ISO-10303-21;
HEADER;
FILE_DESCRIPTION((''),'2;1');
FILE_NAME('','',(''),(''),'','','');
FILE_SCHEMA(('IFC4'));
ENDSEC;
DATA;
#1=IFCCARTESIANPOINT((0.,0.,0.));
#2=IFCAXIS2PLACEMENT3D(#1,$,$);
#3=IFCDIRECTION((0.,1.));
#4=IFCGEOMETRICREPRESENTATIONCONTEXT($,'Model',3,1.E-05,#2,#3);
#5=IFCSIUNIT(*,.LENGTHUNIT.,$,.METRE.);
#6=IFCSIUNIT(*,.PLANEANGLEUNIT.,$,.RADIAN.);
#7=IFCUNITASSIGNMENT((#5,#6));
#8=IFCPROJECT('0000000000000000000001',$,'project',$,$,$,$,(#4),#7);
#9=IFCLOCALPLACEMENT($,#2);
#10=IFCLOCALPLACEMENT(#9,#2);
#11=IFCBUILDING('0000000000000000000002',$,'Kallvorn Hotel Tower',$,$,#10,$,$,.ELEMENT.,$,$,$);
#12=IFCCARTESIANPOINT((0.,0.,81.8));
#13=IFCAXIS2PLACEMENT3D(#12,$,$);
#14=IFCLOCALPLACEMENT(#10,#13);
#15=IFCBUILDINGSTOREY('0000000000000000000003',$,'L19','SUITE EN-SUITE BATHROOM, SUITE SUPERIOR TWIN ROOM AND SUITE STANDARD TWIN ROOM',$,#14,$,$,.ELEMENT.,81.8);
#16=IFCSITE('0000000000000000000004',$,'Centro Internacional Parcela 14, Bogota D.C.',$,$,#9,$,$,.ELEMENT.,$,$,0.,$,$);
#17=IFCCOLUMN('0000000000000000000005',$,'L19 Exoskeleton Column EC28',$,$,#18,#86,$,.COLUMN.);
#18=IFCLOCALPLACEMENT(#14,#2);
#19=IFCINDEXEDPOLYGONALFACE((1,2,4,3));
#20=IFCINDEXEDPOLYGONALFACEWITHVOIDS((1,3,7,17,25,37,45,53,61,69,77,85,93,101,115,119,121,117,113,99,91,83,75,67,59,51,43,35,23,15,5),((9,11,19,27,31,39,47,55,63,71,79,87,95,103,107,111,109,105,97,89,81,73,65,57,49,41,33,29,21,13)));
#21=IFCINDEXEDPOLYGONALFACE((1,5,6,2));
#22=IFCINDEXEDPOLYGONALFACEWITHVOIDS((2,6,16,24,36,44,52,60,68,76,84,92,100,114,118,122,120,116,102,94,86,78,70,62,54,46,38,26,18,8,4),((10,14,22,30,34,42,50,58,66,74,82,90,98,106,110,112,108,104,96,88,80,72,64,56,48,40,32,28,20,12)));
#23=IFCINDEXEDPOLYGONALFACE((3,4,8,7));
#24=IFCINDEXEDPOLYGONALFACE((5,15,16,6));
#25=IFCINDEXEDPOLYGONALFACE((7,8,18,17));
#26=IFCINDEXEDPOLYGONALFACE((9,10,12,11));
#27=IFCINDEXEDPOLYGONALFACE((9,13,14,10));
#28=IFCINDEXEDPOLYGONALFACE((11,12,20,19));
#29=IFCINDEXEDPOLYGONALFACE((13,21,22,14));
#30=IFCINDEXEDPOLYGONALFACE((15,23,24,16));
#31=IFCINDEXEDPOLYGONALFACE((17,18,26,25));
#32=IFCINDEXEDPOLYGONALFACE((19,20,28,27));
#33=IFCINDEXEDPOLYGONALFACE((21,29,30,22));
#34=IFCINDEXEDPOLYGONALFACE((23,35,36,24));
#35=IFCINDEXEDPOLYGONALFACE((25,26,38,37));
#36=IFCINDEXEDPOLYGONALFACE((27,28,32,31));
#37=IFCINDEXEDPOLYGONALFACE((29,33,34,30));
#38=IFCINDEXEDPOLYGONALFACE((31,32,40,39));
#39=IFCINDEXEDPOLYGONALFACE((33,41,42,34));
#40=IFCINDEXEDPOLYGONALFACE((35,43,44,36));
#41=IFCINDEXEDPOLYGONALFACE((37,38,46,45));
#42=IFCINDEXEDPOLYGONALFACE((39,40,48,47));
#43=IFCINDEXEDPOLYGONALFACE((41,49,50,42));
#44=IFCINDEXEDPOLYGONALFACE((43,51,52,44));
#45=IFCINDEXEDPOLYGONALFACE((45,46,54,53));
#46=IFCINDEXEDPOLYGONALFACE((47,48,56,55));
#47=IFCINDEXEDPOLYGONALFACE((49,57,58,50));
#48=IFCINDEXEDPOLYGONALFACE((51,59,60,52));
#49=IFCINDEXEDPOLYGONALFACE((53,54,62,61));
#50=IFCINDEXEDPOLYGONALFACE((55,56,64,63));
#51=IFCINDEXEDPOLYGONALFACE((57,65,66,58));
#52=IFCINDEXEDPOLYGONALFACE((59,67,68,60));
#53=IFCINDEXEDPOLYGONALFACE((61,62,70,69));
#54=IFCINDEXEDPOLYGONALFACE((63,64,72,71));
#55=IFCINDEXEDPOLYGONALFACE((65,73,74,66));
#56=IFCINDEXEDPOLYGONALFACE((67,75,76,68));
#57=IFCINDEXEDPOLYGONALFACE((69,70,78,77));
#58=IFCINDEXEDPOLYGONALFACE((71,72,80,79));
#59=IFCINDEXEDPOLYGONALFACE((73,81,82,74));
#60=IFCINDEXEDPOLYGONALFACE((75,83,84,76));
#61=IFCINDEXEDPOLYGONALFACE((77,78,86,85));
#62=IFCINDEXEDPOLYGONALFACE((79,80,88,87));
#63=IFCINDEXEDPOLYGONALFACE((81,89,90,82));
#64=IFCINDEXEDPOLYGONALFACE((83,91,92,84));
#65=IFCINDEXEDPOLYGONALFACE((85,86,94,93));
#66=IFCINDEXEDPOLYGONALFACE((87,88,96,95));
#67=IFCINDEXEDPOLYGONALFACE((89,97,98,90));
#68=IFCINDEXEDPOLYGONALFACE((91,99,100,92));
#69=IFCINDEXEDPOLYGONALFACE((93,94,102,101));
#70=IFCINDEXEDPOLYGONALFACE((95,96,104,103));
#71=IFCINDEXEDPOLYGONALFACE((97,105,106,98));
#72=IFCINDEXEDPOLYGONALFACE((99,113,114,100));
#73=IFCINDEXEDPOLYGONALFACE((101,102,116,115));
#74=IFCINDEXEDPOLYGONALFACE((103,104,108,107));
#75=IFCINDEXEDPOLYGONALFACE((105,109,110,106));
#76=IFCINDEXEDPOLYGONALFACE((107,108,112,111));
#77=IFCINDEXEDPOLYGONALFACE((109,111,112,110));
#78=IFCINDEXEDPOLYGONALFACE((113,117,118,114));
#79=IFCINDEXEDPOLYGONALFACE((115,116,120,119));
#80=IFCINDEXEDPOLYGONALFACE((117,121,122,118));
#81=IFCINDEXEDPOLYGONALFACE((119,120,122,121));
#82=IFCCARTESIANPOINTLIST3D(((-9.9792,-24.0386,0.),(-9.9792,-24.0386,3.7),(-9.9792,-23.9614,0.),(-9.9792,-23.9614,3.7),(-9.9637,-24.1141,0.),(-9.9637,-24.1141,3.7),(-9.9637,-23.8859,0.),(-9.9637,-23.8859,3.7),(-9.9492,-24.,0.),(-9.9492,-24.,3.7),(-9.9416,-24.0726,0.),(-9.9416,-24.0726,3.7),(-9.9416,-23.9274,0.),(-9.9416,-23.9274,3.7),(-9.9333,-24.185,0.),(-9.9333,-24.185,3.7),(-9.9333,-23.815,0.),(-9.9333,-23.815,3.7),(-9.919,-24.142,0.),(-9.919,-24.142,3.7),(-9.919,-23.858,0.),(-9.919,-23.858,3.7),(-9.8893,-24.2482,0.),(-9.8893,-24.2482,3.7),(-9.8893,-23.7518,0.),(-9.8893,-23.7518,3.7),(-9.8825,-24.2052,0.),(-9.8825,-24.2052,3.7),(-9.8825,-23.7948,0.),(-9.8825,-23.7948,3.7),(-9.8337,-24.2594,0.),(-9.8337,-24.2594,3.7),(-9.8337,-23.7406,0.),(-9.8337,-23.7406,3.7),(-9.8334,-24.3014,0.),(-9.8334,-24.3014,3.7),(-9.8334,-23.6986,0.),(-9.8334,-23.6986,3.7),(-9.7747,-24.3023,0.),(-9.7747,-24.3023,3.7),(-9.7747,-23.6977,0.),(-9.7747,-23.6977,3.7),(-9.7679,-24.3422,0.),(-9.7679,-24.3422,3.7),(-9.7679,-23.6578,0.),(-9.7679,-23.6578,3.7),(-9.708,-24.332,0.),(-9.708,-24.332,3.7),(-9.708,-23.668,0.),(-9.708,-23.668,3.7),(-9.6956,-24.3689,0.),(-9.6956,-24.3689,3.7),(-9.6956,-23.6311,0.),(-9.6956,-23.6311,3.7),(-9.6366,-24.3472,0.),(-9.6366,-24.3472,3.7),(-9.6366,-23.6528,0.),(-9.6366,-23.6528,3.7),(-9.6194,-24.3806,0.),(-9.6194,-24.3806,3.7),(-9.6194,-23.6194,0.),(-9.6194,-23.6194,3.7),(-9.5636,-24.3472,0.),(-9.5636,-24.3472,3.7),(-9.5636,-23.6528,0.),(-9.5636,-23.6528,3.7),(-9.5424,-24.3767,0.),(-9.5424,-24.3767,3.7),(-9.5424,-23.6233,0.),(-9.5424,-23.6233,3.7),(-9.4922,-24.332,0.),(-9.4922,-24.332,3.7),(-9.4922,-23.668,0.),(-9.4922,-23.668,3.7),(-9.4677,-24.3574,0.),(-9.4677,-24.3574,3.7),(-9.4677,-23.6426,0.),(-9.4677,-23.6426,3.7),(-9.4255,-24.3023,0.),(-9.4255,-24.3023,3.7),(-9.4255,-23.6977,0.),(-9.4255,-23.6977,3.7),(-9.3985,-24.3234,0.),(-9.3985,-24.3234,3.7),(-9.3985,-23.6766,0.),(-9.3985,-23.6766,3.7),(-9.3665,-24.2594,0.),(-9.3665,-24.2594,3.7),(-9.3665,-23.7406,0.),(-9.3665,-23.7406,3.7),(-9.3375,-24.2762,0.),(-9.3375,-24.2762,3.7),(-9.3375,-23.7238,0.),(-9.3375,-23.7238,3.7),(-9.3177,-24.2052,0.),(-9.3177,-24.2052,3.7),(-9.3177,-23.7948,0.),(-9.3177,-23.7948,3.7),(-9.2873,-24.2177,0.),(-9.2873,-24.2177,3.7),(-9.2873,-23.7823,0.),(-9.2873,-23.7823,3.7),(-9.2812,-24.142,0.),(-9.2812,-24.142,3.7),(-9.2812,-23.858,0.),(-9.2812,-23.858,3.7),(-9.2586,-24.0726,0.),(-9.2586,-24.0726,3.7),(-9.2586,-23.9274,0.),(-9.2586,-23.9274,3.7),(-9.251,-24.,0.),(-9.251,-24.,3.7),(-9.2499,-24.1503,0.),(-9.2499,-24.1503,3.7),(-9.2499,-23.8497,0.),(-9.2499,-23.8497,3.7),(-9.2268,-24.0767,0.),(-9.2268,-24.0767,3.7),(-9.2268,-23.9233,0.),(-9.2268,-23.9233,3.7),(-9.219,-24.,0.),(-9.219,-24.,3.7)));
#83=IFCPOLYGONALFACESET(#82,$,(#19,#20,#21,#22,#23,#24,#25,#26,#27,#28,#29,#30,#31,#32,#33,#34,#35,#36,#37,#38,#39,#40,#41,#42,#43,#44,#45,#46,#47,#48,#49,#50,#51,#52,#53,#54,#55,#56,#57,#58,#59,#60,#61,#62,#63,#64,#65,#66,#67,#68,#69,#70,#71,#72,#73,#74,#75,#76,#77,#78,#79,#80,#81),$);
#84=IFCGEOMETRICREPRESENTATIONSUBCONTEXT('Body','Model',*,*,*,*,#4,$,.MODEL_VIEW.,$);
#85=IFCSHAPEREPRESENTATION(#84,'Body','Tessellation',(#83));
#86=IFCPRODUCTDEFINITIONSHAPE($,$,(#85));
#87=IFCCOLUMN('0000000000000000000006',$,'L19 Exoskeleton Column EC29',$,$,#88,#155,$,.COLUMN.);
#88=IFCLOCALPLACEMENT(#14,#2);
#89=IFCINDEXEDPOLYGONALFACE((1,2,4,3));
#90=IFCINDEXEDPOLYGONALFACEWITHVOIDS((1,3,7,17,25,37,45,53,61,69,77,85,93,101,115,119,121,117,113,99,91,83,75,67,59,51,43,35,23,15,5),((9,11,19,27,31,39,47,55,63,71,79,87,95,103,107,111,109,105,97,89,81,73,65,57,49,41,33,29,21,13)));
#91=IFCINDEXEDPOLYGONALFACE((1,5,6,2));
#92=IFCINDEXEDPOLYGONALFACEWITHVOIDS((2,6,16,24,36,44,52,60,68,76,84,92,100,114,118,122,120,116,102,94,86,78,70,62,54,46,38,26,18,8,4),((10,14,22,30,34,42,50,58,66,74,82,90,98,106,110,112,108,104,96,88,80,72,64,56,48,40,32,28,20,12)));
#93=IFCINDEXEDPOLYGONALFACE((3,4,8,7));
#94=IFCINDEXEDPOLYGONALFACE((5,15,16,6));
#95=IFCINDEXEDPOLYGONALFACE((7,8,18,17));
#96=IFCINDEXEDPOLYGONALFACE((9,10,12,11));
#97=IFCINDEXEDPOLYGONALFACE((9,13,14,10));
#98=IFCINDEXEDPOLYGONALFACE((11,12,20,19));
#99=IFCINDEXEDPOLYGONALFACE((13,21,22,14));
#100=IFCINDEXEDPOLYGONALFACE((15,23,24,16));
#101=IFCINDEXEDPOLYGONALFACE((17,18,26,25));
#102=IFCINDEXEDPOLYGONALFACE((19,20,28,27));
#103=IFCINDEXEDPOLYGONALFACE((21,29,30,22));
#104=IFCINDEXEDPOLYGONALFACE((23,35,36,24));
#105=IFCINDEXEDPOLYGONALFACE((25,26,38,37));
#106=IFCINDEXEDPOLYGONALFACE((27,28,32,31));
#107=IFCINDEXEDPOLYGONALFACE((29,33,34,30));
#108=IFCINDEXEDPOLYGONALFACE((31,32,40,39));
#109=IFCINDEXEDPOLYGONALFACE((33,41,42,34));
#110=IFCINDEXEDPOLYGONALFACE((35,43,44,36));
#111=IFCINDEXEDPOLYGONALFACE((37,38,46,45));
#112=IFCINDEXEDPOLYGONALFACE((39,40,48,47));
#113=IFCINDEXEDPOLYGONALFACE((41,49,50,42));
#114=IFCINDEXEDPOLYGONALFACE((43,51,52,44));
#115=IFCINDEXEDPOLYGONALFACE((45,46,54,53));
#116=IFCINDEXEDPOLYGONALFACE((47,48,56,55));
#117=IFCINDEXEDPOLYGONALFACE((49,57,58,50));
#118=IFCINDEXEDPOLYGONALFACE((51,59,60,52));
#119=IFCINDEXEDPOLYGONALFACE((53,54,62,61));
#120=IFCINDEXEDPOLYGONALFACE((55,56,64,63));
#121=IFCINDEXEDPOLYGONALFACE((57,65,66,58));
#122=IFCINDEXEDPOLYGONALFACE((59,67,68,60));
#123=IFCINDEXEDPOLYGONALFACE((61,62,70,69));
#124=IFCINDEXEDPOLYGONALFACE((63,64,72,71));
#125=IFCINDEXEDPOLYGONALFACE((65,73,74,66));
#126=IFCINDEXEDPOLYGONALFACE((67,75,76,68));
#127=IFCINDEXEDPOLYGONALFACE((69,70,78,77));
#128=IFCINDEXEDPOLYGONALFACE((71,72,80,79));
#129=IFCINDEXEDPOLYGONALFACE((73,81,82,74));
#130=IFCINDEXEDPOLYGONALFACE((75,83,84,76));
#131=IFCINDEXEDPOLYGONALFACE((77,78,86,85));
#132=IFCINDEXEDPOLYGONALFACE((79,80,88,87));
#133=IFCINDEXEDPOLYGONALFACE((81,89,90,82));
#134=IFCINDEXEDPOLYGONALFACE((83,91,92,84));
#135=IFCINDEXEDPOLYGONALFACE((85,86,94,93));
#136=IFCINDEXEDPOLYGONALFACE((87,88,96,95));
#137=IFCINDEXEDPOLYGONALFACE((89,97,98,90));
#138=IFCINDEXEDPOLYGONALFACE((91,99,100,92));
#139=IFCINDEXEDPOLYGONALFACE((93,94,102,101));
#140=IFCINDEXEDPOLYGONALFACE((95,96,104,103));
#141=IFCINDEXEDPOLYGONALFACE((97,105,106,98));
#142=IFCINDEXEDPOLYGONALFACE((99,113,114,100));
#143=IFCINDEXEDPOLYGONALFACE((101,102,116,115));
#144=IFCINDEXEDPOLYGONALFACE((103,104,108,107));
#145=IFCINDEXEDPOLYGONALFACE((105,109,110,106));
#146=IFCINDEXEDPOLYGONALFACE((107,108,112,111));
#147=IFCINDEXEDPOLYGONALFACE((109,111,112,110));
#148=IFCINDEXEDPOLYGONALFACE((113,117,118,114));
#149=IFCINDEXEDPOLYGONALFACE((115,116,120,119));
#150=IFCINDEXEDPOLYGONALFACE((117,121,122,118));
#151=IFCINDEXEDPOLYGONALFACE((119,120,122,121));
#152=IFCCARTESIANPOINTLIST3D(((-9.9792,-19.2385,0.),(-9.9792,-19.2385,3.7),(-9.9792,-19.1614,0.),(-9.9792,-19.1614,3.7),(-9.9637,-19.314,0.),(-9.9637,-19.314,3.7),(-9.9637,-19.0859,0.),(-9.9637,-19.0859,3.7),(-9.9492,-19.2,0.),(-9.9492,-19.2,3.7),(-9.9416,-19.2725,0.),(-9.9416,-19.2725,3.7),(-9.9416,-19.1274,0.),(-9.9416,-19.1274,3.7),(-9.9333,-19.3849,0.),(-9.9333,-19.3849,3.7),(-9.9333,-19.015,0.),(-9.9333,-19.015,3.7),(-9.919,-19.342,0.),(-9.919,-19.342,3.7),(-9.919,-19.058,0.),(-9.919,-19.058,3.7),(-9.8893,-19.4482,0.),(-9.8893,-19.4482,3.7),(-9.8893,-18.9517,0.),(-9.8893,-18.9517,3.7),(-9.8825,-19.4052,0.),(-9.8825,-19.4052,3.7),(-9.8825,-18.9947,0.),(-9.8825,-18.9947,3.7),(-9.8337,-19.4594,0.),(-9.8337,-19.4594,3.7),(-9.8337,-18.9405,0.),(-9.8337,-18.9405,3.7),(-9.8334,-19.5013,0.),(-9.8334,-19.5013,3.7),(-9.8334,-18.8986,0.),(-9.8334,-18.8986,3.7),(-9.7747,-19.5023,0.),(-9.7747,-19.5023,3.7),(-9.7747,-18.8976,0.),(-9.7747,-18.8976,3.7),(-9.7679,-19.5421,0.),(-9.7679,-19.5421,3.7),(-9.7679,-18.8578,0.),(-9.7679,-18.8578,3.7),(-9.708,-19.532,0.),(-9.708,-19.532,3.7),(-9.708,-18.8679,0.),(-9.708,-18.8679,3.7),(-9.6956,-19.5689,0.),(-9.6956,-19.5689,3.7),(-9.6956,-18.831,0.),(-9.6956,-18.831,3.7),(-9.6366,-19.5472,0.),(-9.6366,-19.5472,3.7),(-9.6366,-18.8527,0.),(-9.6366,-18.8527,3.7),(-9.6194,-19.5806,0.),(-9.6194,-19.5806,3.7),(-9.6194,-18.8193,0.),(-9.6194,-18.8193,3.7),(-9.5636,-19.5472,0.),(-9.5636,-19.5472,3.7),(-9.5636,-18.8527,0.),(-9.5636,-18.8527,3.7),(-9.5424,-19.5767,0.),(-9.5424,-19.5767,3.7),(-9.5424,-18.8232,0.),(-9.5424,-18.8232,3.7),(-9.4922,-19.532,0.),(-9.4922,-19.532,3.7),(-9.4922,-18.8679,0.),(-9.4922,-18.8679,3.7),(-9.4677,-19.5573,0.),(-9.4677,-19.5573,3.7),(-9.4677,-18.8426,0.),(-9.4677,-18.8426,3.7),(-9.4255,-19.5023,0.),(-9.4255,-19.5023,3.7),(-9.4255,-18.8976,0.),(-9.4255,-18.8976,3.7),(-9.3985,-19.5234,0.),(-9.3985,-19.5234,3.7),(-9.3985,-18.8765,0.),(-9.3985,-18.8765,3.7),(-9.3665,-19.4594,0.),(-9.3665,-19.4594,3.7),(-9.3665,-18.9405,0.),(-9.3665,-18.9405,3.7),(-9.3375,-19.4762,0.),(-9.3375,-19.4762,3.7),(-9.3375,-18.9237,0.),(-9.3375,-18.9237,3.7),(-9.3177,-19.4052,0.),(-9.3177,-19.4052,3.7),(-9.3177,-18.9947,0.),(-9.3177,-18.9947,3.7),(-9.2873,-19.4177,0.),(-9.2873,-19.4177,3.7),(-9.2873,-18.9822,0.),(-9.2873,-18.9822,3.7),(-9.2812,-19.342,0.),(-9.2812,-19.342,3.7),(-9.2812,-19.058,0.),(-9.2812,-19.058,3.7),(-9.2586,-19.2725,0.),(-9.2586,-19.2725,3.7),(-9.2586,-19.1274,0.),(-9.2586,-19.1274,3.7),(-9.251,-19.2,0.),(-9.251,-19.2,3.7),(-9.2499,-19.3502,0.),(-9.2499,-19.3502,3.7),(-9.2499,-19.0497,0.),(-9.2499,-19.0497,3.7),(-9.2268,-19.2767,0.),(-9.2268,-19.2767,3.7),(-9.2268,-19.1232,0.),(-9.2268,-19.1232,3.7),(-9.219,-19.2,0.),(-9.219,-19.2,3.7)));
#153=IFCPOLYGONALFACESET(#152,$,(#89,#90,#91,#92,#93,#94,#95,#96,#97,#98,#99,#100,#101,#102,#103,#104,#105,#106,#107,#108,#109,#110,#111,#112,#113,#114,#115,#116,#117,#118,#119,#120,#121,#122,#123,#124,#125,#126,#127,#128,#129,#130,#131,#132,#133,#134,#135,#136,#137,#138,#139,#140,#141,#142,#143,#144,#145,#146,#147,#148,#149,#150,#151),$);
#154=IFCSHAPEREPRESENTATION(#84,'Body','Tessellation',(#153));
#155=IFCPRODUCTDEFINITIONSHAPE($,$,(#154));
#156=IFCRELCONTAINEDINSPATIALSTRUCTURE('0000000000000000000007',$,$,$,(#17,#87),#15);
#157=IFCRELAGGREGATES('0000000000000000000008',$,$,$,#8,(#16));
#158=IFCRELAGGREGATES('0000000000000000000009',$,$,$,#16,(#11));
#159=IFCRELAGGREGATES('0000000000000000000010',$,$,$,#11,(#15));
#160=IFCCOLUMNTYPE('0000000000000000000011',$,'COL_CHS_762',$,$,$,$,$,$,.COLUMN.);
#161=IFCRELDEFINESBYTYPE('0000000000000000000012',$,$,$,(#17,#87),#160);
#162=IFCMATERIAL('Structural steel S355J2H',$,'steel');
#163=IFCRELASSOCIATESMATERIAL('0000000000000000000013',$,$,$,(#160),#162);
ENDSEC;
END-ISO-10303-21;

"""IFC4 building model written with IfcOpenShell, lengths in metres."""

from ifc_helpers import new_model, si_unit, direction, frame, origin, origin_2d, place, context, subcontext, project, spatial, hollow_circle, extrude, material, material_profile, profile_set, type_object, element, save


model = new_model("IFC4")

# Units and contexts
model_context = context("Model", 3, precision=1e-05, world=origin(), true_north=direction((0.0, 1.0)))
body_context = subcontext(model_context, "Body", "Model", "MODEL_VIEW")
ifc_project = project(units=[si_unit("LENGTHUNIT", "METRE"), si_unit("PLANEANGLEUNIT", "RADIAN")], contexts=[model_context])

# Site, building, storey
site_placement = place(None, origin())
site = spatial("IfcSite", under=ifc_project, at=site_placement, Name="Centro Internacional Parcela 14, Bogota D.C.", CompositionType="ELEMENT", RefElevation=0.0)
building_placement = place(site_placement, origin())
building = spatial("IfcBuilding", under=site, at=building_placement, Name="Kallvorn Hotel Tower", CompositionType="ELEMENT")
storey_placement = place(building_placement, frame((0.0, 0.0, 81.8)))
storey = spatial("IfcBuildingStorey", under=building, at=storey_placement, Name="L19", Description="SUITE EN-SUITE BATHROOM, SUITE SUPERIOR TWIN ROOM AND SUITE STANDARD TWIN ROOM", CompositionType="ELEMENT", Elevation=81.8)

# Columns
ifc_material_1 = material(Name="Structural steel S355J2H", Category="steel")
ifc_material_profile_1 = material_profile(ifc_material_1, hollow_circle(Radius=0.3811, WallThickness=0.032, at=origin_2d()), Name="CHS 762x32")
ifc_profile_set_1 = profile_set([ifc_material_profile_1], Name="Structural steel S355J2H")
column_type_1 = type_object("IfcColumnType", Name="COL_CHS_762", PredefinedType="COLUMN", material=ifc_profile_set_1)
for number, where, z_axis, x_axis, name in (
    (1, (-9.6001, -24.0, 0.0), (0.0, 0.0, 1.0), (1.0, 0.0, 0.0), "L19 Exoskeleton Column EC28"),
    (2, (-9.6001, -19.2, 0.0), (0.0, 0.0, 1.0), (1.0, 0.0, 0.0), "L19 Exoskeleton Column EC29"),
):
    element("IfcColumn", number, at=place(storey_placement, frame(where, z_axis=z_axis, x_axis=x_axis)), inside=storey, type_object=column_type_1, Name=name, PredefinedType="COLUMN", context=body_context, shape_type="SweptSolid", body=[
        extrude(hollow_circle(Radius=0.3811, WallThickness=0.032, at=origin_2d()), origin(), (0.0, 0.0, 1.0), 3.7),
    ])

save(model, "model.ifc")
